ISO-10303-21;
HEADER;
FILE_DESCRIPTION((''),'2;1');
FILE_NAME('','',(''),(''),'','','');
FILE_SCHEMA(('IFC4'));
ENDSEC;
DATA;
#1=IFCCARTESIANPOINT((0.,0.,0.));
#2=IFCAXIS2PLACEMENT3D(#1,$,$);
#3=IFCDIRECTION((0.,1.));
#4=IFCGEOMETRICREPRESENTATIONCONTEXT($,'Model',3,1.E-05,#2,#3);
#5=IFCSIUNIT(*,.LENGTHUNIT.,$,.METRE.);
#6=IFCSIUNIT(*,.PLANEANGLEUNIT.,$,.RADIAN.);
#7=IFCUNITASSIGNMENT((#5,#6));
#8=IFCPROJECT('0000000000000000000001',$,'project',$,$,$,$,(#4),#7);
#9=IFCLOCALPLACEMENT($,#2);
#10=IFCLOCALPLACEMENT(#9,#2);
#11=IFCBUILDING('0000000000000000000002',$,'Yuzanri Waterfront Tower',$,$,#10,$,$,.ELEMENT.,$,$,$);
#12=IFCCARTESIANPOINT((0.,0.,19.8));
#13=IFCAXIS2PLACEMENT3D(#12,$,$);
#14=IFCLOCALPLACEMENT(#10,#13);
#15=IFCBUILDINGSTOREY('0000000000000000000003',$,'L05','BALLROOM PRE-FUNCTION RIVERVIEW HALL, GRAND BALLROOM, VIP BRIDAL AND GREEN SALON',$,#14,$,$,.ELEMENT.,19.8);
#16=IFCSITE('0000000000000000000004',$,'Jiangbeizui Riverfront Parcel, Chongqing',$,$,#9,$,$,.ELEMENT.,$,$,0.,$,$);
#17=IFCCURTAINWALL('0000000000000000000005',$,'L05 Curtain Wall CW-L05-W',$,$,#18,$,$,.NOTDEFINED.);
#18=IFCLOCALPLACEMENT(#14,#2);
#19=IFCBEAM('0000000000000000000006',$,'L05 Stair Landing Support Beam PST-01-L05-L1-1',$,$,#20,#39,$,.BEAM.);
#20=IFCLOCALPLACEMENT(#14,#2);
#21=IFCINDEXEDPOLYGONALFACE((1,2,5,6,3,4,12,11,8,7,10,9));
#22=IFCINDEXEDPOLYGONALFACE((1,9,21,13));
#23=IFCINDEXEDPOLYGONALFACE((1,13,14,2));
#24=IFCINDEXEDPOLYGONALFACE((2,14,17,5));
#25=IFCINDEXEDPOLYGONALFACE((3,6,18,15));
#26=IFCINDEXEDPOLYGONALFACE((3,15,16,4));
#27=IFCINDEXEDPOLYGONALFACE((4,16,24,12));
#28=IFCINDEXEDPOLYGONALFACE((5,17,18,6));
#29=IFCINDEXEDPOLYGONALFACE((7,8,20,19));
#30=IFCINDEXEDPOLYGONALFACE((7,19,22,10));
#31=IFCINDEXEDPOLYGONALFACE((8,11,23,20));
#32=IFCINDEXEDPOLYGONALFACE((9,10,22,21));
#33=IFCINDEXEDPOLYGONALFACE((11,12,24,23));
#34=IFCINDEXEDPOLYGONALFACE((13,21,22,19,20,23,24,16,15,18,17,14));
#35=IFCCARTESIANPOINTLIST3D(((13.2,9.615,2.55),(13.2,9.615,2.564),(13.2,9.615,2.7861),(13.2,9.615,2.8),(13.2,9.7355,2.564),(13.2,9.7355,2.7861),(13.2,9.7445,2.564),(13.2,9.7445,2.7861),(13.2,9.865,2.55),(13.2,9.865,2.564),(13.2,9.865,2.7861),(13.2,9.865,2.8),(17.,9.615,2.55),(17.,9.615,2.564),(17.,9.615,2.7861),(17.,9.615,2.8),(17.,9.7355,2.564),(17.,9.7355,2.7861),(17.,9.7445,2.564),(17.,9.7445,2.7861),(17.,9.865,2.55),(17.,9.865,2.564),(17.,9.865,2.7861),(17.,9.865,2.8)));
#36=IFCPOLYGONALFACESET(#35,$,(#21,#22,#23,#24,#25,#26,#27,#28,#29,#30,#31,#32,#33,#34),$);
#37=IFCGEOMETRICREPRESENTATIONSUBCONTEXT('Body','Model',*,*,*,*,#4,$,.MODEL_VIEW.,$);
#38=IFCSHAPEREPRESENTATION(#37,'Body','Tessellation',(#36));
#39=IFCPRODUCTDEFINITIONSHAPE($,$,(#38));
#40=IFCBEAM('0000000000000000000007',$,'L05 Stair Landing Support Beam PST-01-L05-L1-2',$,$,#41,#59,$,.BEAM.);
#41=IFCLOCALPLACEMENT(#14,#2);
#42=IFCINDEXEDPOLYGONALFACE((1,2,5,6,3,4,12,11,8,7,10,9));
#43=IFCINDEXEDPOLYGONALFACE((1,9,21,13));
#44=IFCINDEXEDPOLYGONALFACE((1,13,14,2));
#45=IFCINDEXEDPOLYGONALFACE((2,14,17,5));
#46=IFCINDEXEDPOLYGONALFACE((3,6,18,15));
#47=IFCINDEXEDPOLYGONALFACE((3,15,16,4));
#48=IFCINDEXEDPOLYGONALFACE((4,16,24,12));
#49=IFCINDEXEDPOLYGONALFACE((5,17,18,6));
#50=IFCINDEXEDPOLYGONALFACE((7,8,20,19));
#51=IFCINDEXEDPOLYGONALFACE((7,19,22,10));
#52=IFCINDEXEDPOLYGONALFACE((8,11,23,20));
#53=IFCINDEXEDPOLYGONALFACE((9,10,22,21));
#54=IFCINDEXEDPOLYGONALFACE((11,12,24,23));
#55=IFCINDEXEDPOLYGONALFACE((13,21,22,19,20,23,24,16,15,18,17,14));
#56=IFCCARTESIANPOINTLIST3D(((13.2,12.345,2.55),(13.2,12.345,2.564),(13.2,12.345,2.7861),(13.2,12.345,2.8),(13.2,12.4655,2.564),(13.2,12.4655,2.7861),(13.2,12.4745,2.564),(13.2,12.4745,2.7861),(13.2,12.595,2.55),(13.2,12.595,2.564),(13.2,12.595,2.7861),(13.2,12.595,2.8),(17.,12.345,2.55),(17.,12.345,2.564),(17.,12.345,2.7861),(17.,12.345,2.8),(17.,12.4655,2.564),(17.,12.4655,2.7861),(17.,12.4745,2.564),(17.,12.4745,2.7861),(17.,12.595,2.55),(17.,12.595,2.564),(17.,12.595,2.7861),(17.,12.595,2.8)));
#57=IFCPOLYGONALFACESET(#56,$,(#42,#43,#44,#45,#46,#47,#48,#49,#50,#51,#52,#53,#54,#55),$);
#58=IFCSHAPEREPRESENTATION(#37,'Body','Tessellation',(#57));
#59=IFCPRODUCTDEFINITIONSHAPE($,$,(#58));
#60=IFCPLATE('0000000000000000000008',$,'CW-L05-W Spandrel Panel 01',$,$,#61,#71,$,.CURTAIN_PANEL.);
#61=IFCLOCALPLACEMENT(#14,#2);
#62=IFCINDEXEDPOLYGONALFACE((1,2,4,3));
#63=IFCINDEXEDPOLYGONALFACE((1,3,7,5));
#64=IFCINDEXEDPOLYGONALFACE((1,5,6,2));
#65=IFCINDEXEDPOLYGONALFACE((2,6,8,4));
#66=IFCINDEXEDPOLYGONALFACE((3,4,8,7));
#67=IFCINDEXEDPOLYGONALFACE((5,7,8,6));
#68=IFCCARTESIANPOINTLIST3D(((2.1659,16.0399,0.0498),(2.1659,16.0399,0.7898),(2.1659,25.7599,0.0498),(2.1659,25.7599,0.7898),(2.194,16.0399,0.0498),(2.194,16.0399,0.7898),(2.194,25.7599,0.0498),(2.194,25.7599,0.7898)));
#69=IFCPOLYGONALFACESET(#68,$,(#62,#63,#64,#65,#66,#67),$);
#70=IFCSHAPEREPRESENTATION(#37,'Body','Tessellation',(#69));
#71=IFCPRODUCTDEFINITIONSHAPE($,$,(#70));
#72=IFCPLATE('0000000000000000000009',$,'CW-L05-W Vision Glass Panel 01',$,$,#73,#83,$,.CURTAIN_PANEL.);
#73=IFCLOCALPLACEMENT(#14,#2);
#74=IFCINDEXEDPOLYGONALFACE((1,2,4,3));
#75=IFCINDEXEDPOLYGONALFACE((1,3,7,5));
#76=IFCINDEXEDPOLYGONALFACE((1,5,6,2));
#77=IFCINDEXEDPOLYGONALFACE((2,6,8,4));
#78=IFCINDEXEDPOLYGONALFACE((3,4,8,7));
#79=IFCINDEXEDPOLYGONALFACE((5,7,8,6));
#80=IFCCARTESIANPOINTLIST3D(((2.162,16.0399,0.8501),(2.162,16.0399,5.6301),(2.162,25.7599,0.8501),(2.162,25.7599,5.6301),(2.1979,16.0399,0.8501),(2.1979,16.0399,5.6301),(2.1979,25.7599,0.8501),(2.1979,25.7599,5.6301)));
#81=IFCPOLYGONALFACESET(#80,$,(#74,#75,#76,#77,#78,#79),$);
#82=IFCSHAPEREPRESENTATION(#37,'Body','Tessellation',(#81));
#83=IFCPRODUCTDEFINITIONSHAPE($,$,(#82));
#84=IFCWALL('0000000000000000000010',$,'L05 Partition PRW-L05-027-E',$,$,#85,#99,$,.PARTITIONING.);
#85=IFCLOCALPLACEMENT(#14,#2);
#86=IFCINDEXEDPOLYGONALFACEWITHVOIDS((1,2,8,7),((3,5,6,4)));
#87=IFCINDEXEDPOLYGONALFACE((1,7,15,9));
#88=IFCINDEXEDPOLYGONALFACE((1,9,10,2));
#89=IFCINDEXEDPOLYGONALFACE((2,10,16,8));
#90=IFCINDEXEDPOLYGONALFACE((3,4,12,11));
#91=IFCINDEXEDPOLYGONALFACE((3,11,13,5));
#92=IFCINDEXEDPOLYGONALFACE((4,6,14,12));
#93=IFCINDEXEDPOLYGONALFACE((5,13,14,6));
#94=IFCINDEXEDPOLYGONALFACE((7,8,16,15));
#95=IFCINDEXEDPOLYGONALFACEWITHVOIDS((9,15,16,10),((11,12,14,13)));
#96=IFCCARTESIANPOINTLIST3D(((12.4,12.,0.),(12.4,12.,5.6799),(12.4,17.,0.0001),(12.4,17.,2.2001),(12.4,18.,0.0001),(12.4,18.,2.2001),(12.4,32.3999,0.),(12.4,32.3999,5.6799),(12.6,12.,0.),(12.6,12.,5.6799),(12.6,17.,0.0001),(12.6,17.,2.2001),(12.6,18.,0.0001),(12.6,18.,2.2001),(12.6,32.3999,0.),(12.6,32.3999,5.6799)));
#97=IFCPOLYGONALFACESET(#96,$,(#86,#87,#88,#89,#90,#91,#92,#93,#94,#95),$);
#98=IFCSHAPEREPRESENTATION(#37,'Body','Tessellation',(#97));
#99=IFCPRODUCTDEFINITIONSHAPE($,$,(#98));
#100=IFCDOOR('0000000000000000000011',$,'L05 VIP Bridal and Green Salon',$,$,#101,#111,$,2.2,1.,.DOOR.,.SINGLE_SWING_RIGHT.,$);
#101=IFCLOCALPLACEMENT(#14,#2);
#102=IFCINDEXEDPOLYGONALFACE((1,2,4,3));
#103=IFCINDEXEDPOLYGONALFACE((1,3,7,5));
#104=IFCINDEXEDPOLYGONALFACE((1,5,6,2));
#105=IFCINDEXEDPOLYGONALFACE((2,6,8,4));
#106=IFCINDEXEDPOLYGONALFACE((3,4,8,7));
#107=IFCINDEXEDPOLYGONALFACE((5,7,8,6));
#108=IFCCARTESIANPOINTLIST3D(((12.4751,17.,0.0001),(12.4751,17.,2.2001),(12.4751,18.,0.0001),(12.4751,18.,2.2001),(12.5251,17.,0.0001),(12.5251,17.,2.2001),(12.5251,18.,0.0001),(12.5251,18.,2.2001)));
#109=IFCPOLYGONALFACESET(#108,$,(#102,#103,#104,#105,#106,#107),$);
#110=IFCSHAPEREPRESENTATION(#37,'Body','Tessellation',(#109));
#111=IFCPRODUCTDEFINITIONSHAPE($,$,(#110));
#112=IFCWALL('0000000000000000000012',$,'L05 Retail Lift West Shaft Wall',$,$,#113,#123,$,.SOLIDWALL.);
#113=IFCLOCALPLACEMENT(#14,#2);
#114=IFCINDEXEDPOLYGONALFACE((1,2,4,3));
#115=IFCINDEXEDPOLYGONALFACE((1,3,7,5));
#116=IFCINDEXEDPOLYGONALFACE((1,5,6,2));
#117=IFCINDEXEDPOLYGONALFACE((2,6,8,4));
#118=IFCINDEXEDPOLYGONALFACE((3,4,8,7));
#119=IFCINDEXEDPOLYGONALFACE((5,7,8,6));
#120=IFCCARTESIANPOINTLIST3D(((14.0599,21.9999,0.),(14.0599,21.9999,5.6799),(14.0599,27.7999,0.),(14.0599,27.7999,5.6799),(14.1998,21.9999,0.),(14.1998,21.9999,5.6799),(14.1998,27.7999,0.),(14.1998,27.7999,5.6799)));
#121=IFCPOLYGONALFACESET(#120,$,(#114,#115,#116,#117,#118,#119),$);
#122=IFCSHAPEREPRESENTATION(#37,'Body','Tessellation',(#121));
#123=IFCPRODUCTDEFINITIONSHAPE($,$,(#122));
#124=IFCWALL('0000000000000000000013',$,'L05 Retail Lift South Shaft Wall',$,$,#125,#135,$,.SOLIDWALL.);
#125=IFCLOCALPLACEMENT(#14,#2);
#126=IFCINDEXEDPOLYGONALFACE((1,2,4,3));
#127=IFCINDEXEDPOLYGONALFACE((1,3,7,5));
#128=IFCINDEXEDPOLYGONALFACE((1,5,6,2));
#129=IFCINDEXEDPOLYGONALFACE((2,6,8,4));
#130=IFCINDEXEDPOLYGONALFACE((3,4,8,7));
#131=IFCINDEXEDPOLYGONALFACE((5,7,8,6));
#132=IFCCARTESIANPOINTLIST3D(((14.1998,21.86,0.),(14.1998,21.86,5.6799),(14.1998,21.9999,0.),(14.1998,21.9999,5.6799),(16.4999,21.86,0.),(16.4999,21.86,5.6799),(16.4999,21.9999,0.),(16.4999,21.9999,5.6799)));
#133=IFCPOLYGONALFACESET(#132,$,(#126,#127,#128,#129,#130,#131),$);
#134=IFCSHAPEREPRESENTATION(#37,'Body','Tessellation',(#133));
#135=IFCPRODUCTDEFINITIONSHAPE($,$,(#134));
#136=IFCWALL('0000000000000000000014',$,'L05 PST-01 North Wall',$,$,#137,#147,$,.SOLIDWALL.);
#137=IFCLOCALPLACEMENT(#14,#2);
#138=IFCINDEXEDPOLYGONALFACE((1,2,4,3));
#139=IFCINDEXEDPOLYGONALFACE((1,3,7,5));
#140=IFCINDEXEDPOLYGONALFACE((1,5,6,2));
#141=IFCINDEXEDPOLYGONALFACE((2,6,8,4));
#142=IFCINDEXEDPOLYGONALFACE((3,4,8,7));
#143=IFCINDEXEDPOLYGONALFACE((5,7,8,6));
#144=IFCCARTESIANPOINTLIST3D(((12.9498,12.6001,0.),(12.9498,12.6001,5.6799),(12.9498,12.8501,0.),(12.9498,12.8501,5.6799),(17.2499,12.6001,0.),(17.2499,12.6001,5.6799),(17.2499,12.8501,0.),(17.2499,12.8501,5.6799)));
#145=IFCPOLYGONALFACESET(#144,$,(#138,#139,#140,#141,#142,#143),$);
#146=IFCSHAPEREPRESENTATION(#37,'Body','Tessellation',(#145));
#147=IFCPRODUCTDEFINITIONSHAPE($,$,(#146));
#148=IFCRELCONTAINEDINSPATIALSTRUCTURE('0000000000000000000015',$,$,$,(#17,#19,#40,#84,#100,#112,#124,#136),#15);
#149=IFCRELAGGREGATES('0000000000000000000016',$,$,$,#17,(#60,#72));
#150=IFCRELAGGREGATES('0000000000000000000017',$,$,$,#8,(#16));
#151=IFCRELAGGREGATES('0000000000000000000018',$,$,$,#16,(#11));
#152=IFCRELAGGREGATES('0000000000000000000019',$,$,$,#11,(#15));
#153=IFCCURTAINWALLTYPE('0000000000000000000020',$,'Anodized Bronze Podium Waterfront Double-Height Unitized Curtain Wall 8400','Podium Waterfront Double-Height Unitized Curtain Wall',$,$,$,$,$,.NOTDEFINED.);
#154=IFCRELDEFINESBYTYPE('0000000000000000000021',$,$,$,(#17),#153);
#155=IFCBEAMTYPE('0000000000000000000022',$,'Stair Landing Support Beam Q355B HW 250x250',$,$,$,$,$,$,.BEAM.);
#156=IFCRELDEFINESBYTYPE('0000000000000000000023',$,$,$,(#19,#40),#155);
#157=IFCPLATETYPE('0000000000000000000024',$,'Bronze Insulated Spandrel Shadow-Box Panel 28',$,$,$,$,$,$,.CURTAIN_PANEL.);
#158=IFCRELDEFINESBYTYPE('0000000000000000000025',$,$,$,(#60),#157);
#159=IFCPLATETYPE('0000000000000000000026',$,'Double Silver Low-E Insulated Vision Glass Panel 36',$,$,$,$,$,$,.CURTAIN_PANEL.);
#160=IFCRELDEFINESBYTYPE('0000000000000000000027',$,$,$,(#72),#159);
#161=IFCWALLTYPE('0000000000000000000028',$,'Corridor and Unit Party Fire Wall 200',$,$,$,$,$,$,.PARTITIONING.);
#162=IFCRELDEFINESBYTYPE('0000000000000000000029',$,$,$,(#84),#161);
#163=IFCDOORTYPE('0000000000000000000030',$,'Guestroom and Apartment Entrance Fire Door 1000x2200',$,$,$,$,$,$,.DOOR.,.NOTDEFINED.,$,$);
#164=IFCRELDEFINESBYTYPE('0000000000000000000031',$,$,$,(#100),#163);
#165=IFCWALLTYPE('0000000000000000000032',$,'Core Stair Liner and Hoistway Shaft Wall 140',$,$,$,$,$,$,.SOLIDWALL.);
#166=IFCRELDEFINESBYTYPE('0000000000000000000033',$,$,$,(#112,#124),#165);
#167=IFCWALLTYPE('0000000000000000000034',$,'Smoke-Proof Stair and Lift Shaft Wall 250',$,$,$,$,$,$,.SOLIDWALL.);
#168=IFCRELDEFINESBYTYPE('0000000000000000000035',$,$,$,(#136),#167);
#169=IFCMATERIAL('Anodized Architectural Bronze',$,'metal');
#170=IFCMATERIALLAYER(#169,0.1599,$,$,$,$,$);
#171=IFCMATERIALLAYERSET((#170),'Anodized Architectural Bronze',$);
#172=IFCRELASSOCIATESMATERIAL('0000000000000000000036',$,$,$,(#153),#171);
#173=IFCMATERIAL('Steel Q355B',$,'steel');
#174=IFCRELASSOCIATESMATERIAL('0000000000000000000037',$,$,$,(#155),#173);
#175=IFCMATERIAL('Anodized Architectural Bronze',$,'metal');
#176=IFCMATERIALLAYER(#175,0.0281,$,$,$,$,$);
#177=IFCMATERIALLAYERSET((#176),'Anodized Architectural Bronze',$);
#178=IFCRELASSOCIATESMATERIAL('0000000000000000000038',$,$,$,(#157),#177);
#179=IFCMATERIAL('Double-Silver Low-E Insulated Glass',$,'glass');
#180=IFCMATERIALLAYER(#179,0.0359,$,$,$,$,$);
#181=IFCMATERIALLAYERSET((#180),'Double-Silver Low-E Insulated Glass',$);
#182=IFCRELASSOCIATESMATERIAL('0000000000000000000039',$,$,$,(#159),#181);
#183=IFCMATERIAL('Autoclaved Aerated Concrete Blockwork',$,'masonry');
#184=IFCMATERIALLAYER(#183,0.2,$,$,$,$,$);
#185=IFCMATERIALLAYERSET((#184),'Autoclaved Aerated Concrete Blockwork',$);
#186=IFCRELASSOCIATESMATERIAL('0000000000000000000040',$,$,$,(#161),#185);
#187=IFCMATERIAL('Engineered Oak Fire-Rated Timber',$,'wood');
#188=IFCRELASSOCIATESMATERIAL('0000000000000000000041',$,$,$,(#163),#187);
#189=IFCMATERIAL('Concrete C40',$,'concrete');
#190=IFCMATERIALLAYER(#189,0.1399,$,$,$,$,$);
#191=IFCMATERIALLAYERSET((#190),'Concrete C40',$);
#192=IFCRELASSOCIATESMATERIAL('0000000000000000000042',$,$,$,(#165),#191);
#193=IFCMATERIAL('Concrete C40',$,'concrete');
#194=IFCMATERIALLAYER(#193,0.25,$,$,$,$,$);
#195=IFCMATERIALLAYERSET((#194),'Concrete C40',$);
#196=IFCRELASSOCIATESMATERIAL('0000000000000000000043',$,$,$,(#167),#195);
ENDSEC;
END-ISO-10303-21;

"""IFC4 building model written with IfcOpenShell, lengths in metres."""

from ifc_helpers import new_model, si_unit, direction, frame, frame_2d, origin, origin_2d, place, context, subcontext, project, spatial, rectangle, i_section, extrude, source, transform, mapped, material, layer, layer_set, material_profile, profile_set, type_object, element, fill, aggregate, save


model = new_model("IFC4")

# Units and contexts
model_context = context("Model", 3, precision=1e-05, world=origin(), true_north=direction((0.0, 1.0)))
body_context = subcontext(model_context, "Body", "Model", "MODEL_VIEW")
ifc_project = project(units=[si_unit("LENGTHUNIT", "METRE"), si_unit("PLANEANGLEUNIT", "RADIAN")], contexts=[model_context])

# Site, building, storey
site_placement = place(None, origin())
site = spatial("IfcSite", under=ifc_project, at=site_placement, Name="Jiangbeizui Riverfront Parcel, Chongqing", CompositionType="ELEMENT", RefElevation=0.0)
building_placement = place(site_placement, origin())
building = spatial("IfcBuilding", under=site, at=building_placement, Name="Yuzanri Waterfront Tower", CompositionType="ELEMENT")
storey_placement = place(building_placement, frame((0.0, 0.0, 19.8)))
storey = spatial("IfcBuildingStorey", under=building, at=storey_placement, Name="L05", Description="BALLROOM PRE-FUNCTION RIVERVIEW HALL, GRAND BALLROOM, VIP BRIDAL AND GREEN SALON", CompositionType="ELEMENT", Elevation=19.8)

# Curtain wall
ifc_material_1 = material(Name="Anodized Architectural Bronze", Category="metal")
ifc_layer_1 = layer(ifc_material_1, 0.1599)
ifc_layer_set_1 = layer_set([ifc_layer_1], Name="Anodized Architectural Bronze")
curtain_wall_type = type_object("IfcCurtainWallType", Name="Anodized Bronze Podium Waterfront Double-Height Unitized Curtain Wall 8400", Description="Podium Waterfront Double-Height Unitized Curtain Wall", PredefinedType="NOTDEFINED", material=ifc_layer_set_1)
curtain_wall_placement = place(storey_placement, origin())
curtain_wall = element("IfcCurtainWall", 1, at=curtain_wall_placement, inside=storey, type_object=curtain_wall_type, Name="L05 Curtain Wall CW-L05-W", PredefinedType="NOTDEFINED")

# Beams
ifc_material_2 = material(Name="Steel Q355B", Category="steel")
ifc_material_profile_1 = material_profile(ifc_material_2, i_section(OverallWidth=0.25, OverallDepth=0.25, WebThickness=0.009, FlangeThickness=0.0139, at=origin_2d()), Name="HW 250x250x9x14")
ifc_profile_set_1 = profile_set([ifc_material_profile_1], Name="Steel Q355B")
beam_type_1 = type_object("IfcBeamType", Name="Stair Landing Support Beam Q355B HW 250x250", PredefinedType="BEAM", material=ifc_profile_set_1)
shared_shape_1 = source(origin(), body_context, "Body", "SweptSolid", [
    extrude(i_section(OverallWidth=0.25, OverallDepth=0.25, WebThickness=0.009, FlangeThickness=0.0139, at=origin_2d()), origin(), (0.0, 0.0, 1.0), 3.8),
])
for number, where, z_axis, x_axis, name in (
    (2, (13.2, 9.74, 2.675), (1.0, 0.0, 0.0), (0.0, 1.0, 0.0), "L05 Stair Landing Support Beam PST-01-L05-L1-1"),
    (3, (13.2, 12.47, 2.675), (1.0, 0.0, 0.0), (0.0, 1.0, 0.0), "L05 Stair Landing Support Beam PST-01-L05-L1-2"),
):
    element("IfcBeam", number, at=place(storey_placement, frame(where, z_axis=z_axis, x_axis=x_axis)), inside=storey, type_object=beam_type_1, Name=name, PredefinedType="BEAM", context=body_context, shape_type="MappedRepresentation", body=[
        mapped(shared_shape_1, transform((0.0, 0.0, 0.0), scale=1.0)),
    ])

# Plates
ifc_material_3 = material(Name="Anodized Architectural Bronze", Category="metal")
ifc_layer_2 = layer(ifc_material_3, 0.0281)
ifc_layer_set_2 = layer_set([ifc_layer_2], Name="Anodized Architectural Bronze")
plate_type_1 = type_object("IfcPlateType", Name="Bronze Insulated Spandrel Shadow-Box Panel 28", PredefinedType="CURTAIN_PANEL", material=ifc_layer_set_2)
shared_shape_2 = source(origin(), body_context, "Body", "SweptSolid", [
    extrude(rectangle(XDim=9.72, YDim=0.0281, at=origin_2d()), origin(), (0.0, 0.0, 1.0), 0.74),
])
plate_1_placement = place(storey_placement, frame((2.1799, 20.8999, 0.0498), z_axis=(0.0, 0.0, 1.0), x_axis=(0.0, 1.0, 0.0)))
plate_1 = element("IfcPlate", 4, at=plate_1_placement, type_object=plate_type_1, Name="CW-L05-W Spandrel Panel 01", PredefinedType="CURTAIN_PANEL", context=body_context, shape_type="MappedRepresentation", body=[
    mapped(shared_shape_2, transform((0.0, 0.0, 0.0), scale=1.0)),
])
ifc_material_4 = material(Name="Double-Silver Low-E Insulated Glass", Category="glass")
ifc_layer_3 = layer(ifc_material_4, 0.0359)
ifc_layer_set_3 = layer_set([ifc_layer_3], Name="Double-Silver Low-E Insulated Glass")
plate_type_2 = type_object("IfcPlateType", Name="Double Silver Low-E Insulated Vision Glass Panel 36", PredefinedType="CURTAIN_PANEL", material=ifc_layer_set_3)
shared_shape_3 = source(origin(), body_context, "Body", "SweptSolid", [
    extrude(rectangle(XDim=9.72, YDim=0.0359, at=origin_2d()), origin(), (0.0, 0.0, 1.0), 4.78),
])
plate_2_placement = place(storey_placement, frame((2.1799, 20.8999, 0.8501), z_axis=(0.0, 0.0, 1.0), x_axis=(0.0, 1.0, 0.0)))
plate_2 = element("IfcPlate", 5, at=plate_2_placement, type_object=plate_type_2, Name="CW-L05-W Vision Glass Panel 01", PredefinedType="CURTAIN_PANEL", context=body_context, shape_type="MappedRepresentation", body=[
    mapped(shared_shape_3, transform((0.0, 0.0, 0.0), scale=1.0)),
])
aggregate(curtain_wall, [plate_1, plate_2])

# Wall, opening, door
ifc_material_5 = material(Name="Autoclaved Aerated Concrete Blockwork", Category="masonry")
ifc_layer_4 = layer(ifc_material_5, 0.2)
ifc_layer_set_4 = layer_set([ifc_layer_4], Name="Autoclaved Aerated Concrete Blockwork")
wall_type_1 = type_object("IfcWallType", Name="Corridor and Unit Party Fire Wall 200", PredefinedType="PARTITIONING", material=ifc_layer_set_4)
wall_1_placement = place(storey_placement, frame((12.5, 12.0, 0.0), z_axis=(0.0, 0.0, 1.0), x_axis=(0.0, 1.0, 0.0)))
wall_1 = element("IfcWall", 6, at=wall_1_placement, inside=storey, type_object=wall_type_1, Name="L05 Partition PRW-L05-027-E", PredefinedType="PARTITIONING", context=body_context, shape_type="SweptSolid", body=[
    extrude(rectangle(XDim=20.3999, YDim=0.2, at=frame_2d((10.2, 0.0))), origin(), (0.0, 0.0, 1.0), 5.6799),
])
opening_placement = place(wall_1_placement, frame((5.0, 0.0, 0.0)))
opening = element("IfcOpeningElement", 7, at=opening_placement, cuts=wall_1, PredefinedType="OPENING", context=body_context, shape_type="SweptSolid", body=[
    extrude(rectangle(XDim=1.0, YDim=2.2, at=frame_2d((0.5, 1.1001))), frame((0.0, 0.1147, 0.0), z_axis=(0.0, -1.0, 0.0), x_axis=(1.0, 0.0, 0.0)), (0.0, 0.0, 1.0), 0.2297),
])
ifc_material_6 = material(Name="Engineered Oak Fire-Rated Timber", Category="wood")
door_type = type_object("IfcDoorType", Name="Guestroom and Apartment Entrance Fire Door 1000x2200", OperationType="NOTDEFINED", PredefinedType="DOOR", material=ifc_material_6)
shared_shape_4 = source(origin(), body_context, "Body", "SweptSolid", [
    extrude(rectangle(XDim=1.0, YDim=2.2, at=frame_2d((0.5, 1.1001))), frame((0.0, 0.0249, 0.0), z_axis=(0.0, -1.0, 0.0), x_axis=(1.0, 0.0, 0.0)), (0.0, 0.0, 1.0), 0.05),
])
door_placement = place(opening_placement, origin())
door = element("IfcDoor", 8, at=door_placement, inside=storey, type_object=door_type, Name="L05 VIP Bridal and Green Salon", OperationType="SINGLE_SWING_RIGHT", OverallHeight=2.2, OverallWidth=1.0, PredefinedType="DOOR", context=body_context, shape_type="MappedRepresentation", body=[
    mapped(shared_shape_4, transform((0.0, 0.0, 0.0), scale=1.0)),
])
fill(opening, door)

# Walls
ifc_material_7 = material(Name="Concrete C40", Category="concrete")
ifc_layer_5 = layer(ifc_material_7, 0.1399)
ifc_layer_set_5 = layer_set([ifc_layer_5], Name="Concrete C40")
wall_type_2 = type_object("IfcWallType", Name="Core Stair Liner and Hoistway Shaft Wall 140", PredefinedType="SOLIDWALL", material=ifc_layer_set_5)
shared_shape_5 = source(origin(), body_context, "Body", "SweptSolid", [
    extrude(rectangle(XDim=5.8, YDim=0.1399, at=frame_2d((2.8999, 0.0))), origin(), (0.0, 0.0, 1.0), 5.6799),
])
wall_2_placement = place(storey_placement, frame((14.1299, 22.0, 0.0), z_axis=(0.0, 0.0, 1.0), x_axis=(0.0, 1.0, 0.0)))
element("IfcWall", 9, at=wall_2_placement, inside=storey, type_object=wall_type_2, Name="L05 Retail Lift West Shaft Wall", PredefinedType="SOLIDWALL", context=body_context, shape_type="MappedRepresentation", body=[
    mapped(shared_shape_5, transform((0.0, 0.0, 0.0), scale=1.0)),
])
shared_shape_6 = source(origin(), body_context, "Body", "SweptSolid", [
    extrude(rectangle(XDim=2.3, YDim=0.1399, at=frame_2d((1.1499, 0.0))), origin(), (0.0, 0.0, 1.0), 5.6799),
])
wall_3_placement = place(storey_placement, frame((14.2, 21.9299, 0.0), z_axis=(0.0, 0.0, 1.0), x_axis=(1.0, 0.0, 0.0)))
element("IfcWall", 10, at=wall_3_placement, inside=storey, type_object=wall_type_2, Name="L05 Retail Lift South Shaft Wall", PredefinedType="SOLIDWALL", context=body_context, shape_type="MappedRepresentation", body=[
    mapped(shared_shape_6, transform((0.0, 0.0, 0.0), scale=1.0)),
])
ifc_material_8 = material(Name="Concrete C40", Category="concrete")
ifc_layer_6 = layer(ifc_material_8, 0.25)
ifc_layer_set_6 = layer_set([ifc_layer_6], Name="Concrete C40")
wall_type_3 = type_object("IfcWallType", Name="Smoke-Proof Stair and Lift Shaft Wall 250", PredefinedType="SOLIDWALL", material=ifc_layer_set_6)
shared_shape_7 = source(origin(), body_context, "Body", "SweptSolid", [
    extrude(rectangle(XDim=4.3, YDim=0.25, at=frame_2d((2.1499, 0.0))), origin(), (0.0, 0.0, 1.0), 5.6799),
])
wall_4_placement = place(storey_placement, frame((12.95, 12.7251, 0.0), z_axis=(0.0, 0.0, 1.0), x_axis=(1.0, 0.0, 0.0)))
element("IfcWall", 11, at=wall_4_placement, inside=storey, type_object=wall_type_3, Name="L05 PST-01 North Wall", PredefinedType="SOLIDWALL", context=body_context, shape_type="MappedRepresentation", body=[
    mapped(shared_shape_7, transform((0.0, 0.0, 0.0), scale=1.0)),
])

save(model, "model.ifc")
